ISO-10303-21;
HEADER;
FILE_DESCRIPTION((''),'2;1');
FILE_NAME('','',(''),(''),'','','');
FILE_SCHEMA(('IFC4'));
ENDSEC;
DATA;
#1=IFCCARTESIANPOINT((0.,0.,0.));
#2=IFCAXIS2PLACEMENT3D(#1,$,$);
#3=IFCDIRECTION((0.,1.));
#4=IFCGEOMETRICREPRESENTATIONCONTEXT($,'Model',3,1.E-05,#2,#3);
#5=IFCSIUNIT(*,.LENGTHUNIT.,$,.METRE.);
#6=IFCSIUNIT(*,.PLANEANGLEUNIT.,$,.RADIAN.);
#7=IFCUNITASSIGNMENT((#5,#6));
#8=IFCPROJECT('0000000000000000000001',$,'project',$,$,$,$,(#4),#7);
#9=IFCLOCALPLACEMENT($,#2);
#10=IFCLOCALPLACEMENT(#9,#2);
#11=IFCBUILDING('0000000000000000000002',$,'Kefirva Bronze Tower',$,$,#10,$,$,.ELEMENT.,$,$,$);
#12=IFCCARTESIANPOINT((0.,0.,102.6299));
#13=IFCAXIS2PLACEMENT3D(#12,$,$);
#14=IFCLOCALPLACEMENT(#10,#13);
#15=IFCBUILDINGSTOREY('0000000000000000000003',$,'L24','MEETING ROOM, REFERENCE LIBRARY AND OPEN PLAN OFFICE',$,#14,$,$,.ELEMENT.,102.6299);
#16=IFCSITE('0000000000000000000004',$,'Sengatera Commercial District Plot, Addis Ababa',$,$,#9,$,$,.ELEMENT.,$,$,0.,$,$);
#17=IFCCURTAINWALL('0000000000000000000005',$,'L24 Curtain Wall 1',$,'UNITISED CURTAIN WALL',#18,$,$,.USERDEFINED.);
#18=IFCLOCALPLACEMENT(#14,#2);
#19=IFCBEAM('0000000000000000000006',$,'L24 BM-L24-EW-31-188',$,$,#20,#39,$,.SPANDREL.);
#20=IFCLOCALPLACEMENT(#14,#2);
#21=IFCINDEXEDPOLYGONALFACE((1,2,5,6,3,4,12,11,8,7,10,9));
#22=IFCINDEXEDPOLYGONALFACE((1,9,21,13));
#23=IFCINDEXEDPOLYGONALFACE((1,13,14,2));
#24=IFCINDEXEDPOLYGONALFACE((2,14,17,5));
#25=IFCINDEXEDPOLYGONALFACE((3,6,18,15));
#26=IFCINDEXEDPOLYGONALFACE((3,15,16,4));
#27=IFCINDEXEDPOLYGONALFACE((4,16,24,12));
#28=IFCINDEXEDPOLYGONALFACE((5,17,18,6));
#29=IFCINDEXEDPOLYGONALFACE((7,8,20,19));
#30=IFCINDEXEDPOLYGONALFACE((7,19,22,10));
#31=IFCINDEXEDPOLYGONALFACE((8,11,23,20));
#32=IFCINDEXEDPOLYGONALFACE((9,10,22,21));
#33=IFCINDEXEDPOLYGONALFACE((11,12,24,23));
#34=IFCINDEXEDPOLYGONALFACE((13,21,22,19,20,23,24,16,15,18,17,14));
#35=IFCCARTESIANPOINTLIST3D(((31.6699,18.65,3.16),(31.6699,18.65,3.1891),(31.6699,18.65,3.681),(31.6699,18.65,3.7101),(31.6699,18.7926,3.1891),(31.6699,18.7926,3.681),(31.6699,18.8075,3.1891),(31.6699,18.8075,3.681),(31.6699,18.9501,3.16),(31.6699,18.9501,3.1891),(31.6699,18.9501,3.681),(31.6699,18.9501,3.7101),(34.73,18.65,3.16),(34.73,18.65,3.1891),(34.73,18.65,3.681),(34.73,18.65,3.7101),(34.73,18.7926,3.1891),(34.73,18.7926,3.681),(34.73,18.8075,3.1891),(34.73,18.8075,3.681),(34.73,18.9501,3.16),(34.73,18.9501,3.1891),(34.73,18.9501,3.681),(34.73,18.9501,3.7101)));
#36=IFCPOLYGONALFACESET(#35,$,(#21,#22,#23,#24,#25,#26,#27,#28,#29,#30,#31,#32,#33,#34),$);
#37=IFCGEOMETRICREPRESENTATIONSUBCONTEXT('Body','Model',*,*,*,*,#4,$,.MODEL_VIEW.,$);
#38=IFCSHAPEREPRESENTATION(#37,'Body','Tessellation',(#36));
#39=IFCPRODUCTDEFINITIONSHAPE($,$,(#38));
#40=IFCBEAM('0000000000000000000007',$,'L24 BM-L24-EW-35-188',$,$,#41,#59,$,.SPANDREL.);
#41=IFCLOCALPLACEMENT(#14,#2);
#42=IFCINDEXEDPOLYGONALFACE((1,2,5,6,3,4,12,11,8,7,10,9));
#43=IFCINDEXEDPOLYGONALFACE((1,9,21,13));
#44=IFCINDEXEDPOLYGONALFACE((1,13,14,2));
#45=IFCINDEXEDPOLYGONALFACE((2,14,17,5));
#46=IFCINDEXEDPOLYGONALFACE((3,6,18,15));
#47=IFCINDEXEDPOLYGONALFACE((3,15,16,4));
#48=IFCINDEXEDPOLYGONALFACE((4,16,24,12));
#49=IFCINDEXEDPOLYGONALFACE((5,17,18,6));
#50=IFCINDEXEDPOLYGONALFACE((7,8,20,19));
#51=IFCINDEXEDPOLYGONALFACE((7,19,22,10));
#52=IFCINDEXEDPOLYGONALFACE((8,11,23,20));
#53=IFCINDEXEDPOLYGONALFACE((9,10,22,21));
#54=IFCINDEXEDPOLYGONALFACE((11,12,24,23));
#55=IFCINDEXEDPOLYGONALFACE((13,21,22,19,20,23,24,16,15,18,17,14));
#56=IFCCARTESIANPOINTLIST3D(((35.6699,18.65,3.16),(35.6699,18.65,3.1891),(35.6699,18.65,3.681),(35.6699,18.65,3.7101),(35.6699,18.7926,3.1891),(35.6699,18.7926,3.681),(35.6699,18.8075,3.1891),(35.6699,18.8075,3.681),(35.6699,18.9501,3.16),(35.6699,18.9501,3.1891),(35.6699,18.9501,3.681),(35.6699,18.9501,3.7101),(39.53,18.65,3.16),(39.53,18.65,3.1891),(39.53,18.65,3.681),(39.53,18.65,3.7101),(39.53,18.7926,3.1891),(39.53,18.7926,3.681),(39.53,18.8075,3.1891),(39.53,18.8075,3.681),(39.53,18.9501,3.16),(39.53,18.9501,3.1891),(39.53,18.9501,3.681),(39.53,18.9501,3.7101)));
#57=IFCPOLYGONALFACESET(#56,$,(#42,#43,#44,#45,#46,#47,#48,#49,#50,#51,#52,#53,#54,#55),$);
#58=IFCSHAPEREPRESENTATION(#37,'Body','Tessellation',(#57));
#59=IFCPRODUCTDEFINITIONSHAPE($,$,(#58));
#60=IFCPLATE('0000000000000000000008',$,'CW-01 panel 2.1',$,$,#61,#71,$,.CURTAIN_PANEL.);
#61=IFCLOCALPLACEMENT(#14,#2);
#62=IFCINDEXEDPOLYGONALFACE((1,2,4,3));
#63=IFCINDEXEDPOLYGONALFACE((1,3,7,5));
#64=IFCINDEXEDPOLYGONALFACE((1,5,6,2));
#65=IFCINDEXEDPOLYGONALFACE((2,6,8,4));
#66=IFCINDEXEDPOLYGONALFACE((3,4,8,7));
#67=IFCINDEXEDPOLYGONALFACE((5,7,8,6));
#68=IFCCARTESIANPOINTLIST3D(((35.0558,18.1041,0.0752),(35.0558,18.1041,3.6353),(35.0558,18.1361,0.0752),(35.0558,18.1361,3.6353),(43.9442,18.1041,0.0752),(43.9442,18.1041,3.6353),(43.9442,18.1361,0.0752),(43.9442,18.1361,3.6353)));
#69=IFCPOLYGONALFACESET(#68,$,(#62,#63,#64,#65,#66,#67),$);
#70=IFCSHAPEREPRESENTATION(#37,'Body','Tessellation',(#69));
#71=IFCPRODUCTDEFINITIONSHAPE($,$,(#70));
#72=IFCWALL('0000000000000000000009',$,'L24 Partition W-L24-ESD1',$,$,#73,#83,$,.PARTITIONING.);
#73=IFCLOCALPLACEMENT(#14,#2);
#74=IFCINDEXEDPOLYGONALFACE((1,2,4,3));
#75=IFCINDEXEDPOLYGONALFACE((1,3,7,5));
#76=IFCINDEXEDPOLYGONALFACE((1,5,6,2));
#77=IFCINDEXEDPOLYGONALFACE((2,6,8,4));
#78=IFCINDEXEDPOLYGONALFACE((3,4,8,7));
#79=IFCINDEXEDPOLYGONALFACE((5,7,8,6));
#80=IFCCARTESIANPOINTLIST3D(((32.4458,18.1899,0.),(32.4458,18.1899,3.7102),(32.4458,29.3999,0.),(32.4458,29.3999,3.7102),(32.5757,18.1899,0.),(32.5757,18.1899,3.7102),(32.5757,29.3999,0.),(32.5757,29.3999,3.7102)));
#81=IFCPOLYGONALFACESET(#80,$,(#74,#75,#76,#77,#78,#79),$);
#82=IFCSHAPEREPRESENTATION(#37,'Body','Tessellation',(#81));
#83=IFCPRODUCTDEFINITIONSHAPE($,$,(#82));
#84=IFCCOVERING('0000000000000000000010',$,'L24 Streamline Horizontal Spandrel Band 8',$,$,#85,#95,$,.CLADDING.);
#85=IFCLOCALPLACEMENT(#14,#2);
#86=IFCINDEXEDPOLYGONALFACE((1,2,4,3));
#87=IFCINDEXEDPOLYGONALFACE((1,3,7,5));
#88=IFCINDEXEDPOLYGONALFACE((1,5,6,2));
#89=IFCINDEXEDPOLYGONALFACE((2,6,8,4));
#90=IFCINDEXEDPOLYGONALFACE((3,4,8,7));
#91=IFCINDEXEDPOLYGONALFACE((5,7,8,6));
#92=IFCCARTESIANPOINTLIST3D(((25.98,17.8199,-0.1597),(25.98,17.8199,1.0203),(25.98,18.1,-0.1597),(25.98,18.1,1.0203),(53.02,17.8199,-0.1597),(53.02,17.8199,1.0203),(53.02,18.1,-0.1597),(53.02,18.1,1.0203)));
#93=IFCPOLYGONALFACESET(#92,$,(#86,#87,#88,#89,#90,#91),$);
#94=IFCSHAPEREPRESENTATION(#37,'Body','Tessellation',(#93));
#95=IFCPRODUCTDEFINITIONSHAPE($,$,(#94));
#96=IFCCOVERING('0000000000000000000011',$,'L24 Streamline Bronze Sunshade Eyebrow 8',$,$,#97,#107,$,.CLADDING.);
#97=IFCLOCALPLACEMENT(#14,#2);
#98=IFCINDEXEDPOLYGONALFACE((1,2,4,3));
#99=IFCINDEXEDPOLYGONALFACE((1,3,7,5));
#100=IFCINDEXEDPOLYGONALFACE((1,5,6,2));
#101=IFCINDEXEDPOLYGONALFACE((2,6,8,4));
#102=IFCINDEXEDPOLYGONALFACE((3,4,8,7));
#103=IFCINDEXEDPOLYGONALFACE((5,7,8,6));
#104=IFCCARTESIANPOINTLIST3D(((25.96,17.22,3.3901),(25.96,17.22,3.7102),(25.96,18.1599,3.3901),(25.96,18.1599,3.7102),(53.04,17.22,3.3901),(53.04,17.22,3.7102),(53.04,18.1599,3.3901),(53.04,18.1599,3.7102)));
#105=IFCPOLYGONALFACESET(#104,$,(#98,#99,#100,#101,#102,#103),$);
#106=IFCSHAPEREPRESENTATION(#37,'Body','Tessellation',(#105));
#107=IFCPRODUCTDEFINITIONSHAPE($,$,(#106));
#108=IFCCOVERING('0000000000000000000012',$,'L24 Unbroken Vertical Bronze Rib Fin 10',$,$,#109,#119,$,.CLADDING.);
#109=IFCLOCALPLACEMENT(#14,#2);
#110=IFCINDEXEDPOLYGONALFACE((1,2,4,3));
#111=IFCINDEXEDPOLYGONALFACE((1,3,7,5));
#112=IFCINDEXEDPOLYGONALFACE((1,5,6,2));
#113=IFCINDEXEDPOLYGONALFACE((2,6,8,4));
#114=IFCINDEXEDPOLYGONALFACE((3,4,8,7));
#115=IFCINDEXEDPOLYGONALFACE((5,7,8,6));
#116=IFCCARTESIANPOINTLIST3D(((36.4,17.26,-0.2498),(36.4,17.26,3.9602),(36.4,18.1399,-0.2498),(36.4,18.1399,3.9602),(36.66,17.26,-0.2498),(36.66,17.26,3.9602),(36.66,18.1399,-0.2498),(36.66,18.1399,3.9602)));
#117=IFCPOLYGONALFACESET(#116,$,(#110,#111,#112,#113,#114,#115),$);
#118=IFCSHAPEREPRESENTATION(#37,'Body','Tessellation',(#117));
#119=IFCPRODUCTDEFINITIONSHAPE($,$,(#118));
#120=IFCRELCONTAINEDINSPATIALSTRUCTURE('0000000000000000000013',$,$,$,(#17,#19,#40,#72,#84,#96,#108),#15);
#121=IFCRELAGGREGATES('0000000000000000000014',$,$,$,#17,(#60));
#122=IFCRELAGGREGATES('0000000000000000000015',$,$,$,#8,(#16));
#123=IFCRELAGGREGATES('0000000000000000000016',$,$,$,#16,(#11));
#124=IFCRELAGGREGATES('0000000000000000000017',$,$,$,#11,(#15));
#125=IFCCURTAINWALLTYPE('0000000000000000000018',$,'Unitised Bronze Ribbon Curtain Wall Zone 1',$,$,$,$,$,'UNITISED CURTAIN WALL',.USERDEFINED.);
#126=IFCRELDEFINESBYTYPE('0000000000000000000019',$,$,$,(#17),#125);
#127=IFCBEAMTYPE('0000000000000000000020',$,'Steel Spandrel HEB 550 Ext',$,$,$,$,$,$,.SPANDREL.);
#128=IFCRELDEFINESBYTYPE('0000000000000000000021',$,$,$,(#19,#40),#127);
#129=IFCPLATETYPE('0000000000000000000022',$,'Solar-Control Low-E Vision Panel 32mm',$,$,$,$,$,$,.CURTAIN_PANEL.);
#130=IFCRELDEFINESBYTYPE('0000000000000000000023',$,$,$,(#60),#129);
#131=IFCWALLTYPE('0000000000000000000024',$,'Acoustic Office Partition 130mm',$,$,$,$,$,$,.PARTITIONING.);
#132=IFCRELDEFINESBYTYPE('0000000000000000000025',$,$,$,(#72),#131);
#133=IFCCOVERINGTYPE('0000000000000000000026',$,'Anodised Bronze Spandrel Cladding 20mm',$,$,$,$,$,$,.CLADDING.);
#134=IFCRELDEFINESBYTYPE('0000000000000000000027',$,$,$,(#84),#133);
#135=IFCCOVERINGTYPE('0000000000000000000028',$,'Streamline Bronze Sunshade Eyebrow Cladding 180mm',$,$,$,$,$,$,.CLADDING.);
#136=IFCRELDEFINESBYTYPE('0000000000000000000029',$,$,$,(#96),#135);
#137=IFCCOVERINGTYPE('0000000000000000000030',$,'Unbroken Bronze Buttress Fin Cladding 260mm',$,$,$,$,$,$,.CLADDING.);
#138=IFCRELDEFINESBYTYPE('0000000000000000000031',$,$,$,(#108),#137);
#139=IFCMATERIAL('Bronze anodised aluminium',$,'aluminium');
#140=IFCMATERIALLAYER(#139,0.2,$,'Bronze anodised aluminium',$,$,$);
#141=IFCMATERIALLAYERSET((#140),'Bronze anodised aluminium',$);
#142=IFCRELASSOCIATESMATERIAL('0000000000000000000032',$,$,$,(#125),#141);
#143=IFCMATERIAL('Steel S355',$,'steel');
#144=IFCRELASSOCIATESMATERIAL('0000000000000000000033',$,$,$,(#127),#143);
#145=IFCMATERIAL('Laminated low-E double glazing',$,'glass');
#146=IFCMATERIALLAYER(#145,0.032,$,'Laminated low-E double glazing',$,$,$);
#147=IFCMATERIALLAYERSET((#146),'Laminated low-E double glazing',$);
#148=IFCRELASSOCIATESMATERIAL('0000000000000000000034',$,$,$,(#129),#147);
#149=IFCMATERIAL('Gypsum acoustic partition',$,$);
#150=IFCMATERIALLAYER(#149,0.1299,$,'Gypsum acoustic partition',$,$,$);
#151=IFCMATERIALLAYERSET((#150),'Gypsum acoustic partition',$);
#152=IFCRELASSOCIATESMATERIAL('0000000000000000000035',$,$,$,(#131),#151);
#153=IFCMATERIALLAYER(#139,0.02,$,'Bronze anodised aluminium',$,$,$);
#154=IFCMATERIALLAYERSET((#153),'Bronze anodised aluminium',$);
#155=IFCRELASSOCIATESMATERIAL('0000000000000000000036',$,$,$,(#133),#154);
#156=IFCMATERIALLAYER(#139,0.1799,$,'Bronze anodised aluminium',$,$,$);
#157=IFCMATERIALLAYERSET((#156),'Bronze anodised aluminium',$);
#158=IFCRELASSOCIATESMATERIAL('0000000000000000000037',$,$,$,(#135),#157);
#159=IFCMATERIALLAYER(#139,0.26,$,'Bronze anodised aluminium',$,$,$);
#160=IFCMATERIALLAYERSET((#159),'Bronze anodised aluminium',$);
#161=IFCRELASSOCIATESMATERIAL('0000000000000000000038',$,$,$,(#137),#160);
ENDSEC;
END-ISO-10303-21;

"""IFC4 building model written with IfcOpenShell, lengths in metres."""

from ifc_helpers import new_model, si_unit, direction, frame, frame_2d, origin, origin_2d, place, context, subcontext, project, spatial, rectangle, i_section, extrude, material, layer, layer_set, material_profile, profile_set, type_object, element, aggregate, save


model = new_model("IFC4")

# Units and contexts
model_context = context("Model", 3, precision=1e-05, world=origin(), true_north=direction((0.0, 1.0)))
body_context = subcontext(model_context, "Body", "Model", "MODEL_VIEW")
ifc_project = project(units=[si_unit("LENGTHUNIT", "METRE"), si_unit("PLANEANGLEUNIT", "RADIAN")], contexts=[model_context])

# Site, building, storey
site_placement = place(None, origin())
site = spatial("IfcSite", under=ifc_project, at=site_placement, Name="Sengatera Commercial District Plot, Addis Ababa", CompositionType="ELEMENT", RefElevation=0.0)
building_placement = place(site_placement, origin())
building = spatial("IfcBuilding", under=site, at=building_placement, Name="Kefirva Bronze Tower", CompositionType="ELEMENT")
storey_placement = place(building_placement, frame((0.0, 0.0, 102.6299)))
storey = spatial("IfcBuildingStorey", under=building, at=storey_placement, Name="L24", Description="MEETING ROOM, REFERENCE LIBRARY AND OPEN PLAN OFFICE", CompositionType="ELEMENT", Elevation=102.6299)

# Curtain wall
ifc_material_1 = material(Name="Bronze anodised aluminium", Category="aluminium")
ifc_layer_1 = layer(ifc_material_1, 0.2, Name="Bronze anodised aluminium")
ifc_layer_set_1 = layer_set([ifc_layer_1], Name="Bronze anodised aluminium")
curtain_wall_type = type_object("IfcCurtainWallType", Name="Unitised Bronze Ribbon Curtain Wall Zone 1", ElementType="UNITISED CURTAIN WALL", PredefinedType="USERDEFINED", material=ifc_layer_set_1)
curtain_wall_placement = place(storey_placement, origin())
curtain_wall = element("IfcCurtainWall", 1, at=curtain_wall_placement, inside=storey, type_object=curtain_wall_type, Name="L24 Curtain Wall 1", ObjectType="UNITISED CURTAIN WALL", PredefinedType="USERDEFINED")

# Beams
ifc_material_2 = material(Name="Steel S355", Category="steel")
ifc_material_profile_1 = material_profile(ifc_material_2, i_section(OverallWidth=0.3, OverallDepth=0.55, WebThickness=0.0149, FlangeThickness=0.0291, at=origin_2d()), Name="HEB 550")
ifc_profile_set_1 = profile_set([ifc_material_profile_1], Name="Steel S355")
beam_type_1 = type_object("IfcBeamType", Name="Steel Spandrel HEB 550 Ext", PredefinedType="SPANDREL", material=ifc_profile_set_1)
beam_1_placement = place(storey_placement, frame((31.6699, 18.8, 3.4351), z_axis=(1.0, 0.0, 0.0), x_axis=(0.0, 1.0, 0.0)))
element("IfcBeam", 2, at=beam_1_placement, inside=storey, type_object=beam_type_1, Name="L24 BM-L24-EW-31-188", PredefinedType="SPANDREL", context=body_context, shape_type="SweptSolid", body=[
    extrude(i_section(OverallWidth=0.3, OverallDepth=0.55, WebThickness=0.0149, FlangeThickness=0.0291, at=origin_2d()), origin(), (0.0, 0.0, 1.0), 3.0601),
])
beam_2_placement = place(storey_placement, frame((35.6699, 18.8, 3.4351), z_axis=(1.0, 0.0, 0.0), x_axis=(0.0, 1.0, 0.0)))
element("IfcBeam", 3, at=beam_2_placement, inside=storey, type_object=beam_type_1, Name="L24 BM-L24-EW-35-188", PredefinedType="SPANDREL", context=body_context, shape_type="SweptSolid", body=[
    extrude(i_section(OverallWidth=0.3, OverallDepth=0.55, WebThickness=0.0149, FlangeThickness=0.0291, at=origin_2d()), origin(), (0.0, 0.0, 1.0), 3.8601),
])

# Plate
ifc_material_3 = material(Name="Laminated low-E double glazing", Category="glass")
ifc_layer_2 = layer(ifc_material_3, 0.032, Name="Laminated low-E double glazing")
ifc_layer_set_2 = layer_set([ifc_layer_2], Name="Laminated low-E double glazing")
plate_type = type_object("IfcPlateType", Name="Solar-Control Low-E Vision Panel 32mm", PredefinedType="CURTAIN_PANEL", material=ifc_layer_set_2)
plate_placement = place(storey_placement, frame((39.5, 18.1201, 0.0752), z_axis=(0.0, 0.0, 1.0), x_axis=(1.0, 0.0, 0.0)))
plate = element("IfcPlate", 4, at=plate_placement, type_object=plate_type, Name="CW-01 panel 2.1", PredefinedType="CURTAIN_PANEL", context=body_context, shape_type="SweptSolid", body=[
    extrude(rectangle(XDim=8.8884, YDim=0.032, at=origin_2d()), origin(), (0.0, 0.0, 1.0), 3.5601),
])
aggregate(curtain_wall, [plate])

# Wall
ifc_material_4 = material(Name="Gypsum acoustic partition")
ifc_layer_3 = layer(ifc_material_4, 0.1299, Name="Gypsum acoustic partition")
ifc_layer_set_3 = layer_set([ifc_layer_3], Name="Gypsum acoustic partition")
wall_type = type_object("IfcWallType", Name="Acoustic Office Partition 130mm", PredefinedType="PARTITIONING", material=ifc_layer_set_3)
wall_placement = place(storey_placement, frame((32.5107, 18.1899, 0.0), z_axis=(0.0, 0.0, 1.0), x_axis=(0.0, 1.0, 0.0)))
element("IfcWall", 5, at=wall_placement, inside=storey, type_object=wall_type, Name="L24 Partition W-L24-ESD1", PredefinedType="PARTITIONING", context=body_context, shape_type="SweptSolid", body=[
    extrude(rectangle(XDim=11.21, YDim=0.1299, at=frame_2d((5.605, 0.0))), origin(), (0.0, 0.0, 1.0), 3.7102),
])

# Coverings
ifc_layer_4 = layer(ifc_material_1, 0.02, Name="Bronze anodised aluminium")
ifc_layer_set_4 = layer_set([ifc_layer_4], Name="Bronze anodised aluminium")
covering_type_1 = type_object("IfcCoveringType", Name="Anodised Bronze Spandrel Cladding 20mm", PredefinedType="CLADDING", material=ifc_layer_set_4)
covering_1_placement = place(storey_placement, frame((39.5, 17.96, -0.1597), z_axis=(0.0, 0.0, 1.0), x_axis=(1.0, 0.0, 0.0)))
element("IfcCovering", 6, at=covering_1_placement, inside=storey, type_object=covering_type_1, Name="L24 Streamline Horizontal Spandrel Band 8", PredefinedType="CLADDING", context=body_context, shape_type="SweptSolid", body=[
    extrude(rectangle(XDim=27.04, YDim=0.28, at=origin_2d()), origin(), (0.0, 0.0, 1.0), 1.1799),
])
ifc_layer_5 = layer(ifc_material_1, 0.1799, Name="Bronze anodised aluminium")
ifc_layer_set_5 = layer_set([ifc_layer_5], Name="Bronze anodised aluminium")
covering_type_2 = type_object("IfcCoveringType", Name="Streamline Bronze Sunshade Eyebrow Cladding 180mm", PredefinedType="CLADDING", material=ifc_layer_set_5)
covering_2_placement = place(storey_placement, frame((39.5, 17.6899, 3.3901), z_axis=(0.0, 0.0, 1.0), x_axis=(1.0, 0.0, 0.0)))
element("IfcCovering", 7, at=covering_2_placement, inside=storey, type_object=covering_type_2, Name="L24 Streamline Bronze Sunshade Eyebrow 8", PredefinedType="CLADDING", context=body_context, shape_type="SweptSolid", body=[
    extrude(rectangle(XDim=27.0801, YDim=0.9399, at=origin_2d()), origin(), (0.0, 0.0, 1.0), 0.3201),
])
ifc_layer_6 = layer(ifc_material_1, 0.26, Name="Bronze anodised aluminium")
ifc_layer_set_6 = layer_set([ifc_layer_6], Name="Bronze anodised aluminium")
covering_type_3 = type_object("IfcCoveringType", Name="Unbroken Bronze Buttress Fin Cladding 260mm", PredefinedType="CLADDING", material=ifc_layer_set_6)
covering_3_placement = place(storey_placement, frame((36.53, 17.7, -0.2498), z_axis=(0.0, 0.0, 1.0), x_axis=(1.0, 0.0, 0.0)))
element("IfcCovering", 8, at=covering_3_placement, inside=storey, type_object=covering_type_3, Name="L24 Unbroken Vertical Bronze Rib Fin 10", PredefinedType="CLADDING", context=body_context, shape_type="SweptSolid", body=[
    extrude(rectangle(XDim=0.26, YDim=0.8799, at=origin_2d()), origin(), (0.0, 0.0, 1.0), 4.21),
])

save(model, "model.ifc")
